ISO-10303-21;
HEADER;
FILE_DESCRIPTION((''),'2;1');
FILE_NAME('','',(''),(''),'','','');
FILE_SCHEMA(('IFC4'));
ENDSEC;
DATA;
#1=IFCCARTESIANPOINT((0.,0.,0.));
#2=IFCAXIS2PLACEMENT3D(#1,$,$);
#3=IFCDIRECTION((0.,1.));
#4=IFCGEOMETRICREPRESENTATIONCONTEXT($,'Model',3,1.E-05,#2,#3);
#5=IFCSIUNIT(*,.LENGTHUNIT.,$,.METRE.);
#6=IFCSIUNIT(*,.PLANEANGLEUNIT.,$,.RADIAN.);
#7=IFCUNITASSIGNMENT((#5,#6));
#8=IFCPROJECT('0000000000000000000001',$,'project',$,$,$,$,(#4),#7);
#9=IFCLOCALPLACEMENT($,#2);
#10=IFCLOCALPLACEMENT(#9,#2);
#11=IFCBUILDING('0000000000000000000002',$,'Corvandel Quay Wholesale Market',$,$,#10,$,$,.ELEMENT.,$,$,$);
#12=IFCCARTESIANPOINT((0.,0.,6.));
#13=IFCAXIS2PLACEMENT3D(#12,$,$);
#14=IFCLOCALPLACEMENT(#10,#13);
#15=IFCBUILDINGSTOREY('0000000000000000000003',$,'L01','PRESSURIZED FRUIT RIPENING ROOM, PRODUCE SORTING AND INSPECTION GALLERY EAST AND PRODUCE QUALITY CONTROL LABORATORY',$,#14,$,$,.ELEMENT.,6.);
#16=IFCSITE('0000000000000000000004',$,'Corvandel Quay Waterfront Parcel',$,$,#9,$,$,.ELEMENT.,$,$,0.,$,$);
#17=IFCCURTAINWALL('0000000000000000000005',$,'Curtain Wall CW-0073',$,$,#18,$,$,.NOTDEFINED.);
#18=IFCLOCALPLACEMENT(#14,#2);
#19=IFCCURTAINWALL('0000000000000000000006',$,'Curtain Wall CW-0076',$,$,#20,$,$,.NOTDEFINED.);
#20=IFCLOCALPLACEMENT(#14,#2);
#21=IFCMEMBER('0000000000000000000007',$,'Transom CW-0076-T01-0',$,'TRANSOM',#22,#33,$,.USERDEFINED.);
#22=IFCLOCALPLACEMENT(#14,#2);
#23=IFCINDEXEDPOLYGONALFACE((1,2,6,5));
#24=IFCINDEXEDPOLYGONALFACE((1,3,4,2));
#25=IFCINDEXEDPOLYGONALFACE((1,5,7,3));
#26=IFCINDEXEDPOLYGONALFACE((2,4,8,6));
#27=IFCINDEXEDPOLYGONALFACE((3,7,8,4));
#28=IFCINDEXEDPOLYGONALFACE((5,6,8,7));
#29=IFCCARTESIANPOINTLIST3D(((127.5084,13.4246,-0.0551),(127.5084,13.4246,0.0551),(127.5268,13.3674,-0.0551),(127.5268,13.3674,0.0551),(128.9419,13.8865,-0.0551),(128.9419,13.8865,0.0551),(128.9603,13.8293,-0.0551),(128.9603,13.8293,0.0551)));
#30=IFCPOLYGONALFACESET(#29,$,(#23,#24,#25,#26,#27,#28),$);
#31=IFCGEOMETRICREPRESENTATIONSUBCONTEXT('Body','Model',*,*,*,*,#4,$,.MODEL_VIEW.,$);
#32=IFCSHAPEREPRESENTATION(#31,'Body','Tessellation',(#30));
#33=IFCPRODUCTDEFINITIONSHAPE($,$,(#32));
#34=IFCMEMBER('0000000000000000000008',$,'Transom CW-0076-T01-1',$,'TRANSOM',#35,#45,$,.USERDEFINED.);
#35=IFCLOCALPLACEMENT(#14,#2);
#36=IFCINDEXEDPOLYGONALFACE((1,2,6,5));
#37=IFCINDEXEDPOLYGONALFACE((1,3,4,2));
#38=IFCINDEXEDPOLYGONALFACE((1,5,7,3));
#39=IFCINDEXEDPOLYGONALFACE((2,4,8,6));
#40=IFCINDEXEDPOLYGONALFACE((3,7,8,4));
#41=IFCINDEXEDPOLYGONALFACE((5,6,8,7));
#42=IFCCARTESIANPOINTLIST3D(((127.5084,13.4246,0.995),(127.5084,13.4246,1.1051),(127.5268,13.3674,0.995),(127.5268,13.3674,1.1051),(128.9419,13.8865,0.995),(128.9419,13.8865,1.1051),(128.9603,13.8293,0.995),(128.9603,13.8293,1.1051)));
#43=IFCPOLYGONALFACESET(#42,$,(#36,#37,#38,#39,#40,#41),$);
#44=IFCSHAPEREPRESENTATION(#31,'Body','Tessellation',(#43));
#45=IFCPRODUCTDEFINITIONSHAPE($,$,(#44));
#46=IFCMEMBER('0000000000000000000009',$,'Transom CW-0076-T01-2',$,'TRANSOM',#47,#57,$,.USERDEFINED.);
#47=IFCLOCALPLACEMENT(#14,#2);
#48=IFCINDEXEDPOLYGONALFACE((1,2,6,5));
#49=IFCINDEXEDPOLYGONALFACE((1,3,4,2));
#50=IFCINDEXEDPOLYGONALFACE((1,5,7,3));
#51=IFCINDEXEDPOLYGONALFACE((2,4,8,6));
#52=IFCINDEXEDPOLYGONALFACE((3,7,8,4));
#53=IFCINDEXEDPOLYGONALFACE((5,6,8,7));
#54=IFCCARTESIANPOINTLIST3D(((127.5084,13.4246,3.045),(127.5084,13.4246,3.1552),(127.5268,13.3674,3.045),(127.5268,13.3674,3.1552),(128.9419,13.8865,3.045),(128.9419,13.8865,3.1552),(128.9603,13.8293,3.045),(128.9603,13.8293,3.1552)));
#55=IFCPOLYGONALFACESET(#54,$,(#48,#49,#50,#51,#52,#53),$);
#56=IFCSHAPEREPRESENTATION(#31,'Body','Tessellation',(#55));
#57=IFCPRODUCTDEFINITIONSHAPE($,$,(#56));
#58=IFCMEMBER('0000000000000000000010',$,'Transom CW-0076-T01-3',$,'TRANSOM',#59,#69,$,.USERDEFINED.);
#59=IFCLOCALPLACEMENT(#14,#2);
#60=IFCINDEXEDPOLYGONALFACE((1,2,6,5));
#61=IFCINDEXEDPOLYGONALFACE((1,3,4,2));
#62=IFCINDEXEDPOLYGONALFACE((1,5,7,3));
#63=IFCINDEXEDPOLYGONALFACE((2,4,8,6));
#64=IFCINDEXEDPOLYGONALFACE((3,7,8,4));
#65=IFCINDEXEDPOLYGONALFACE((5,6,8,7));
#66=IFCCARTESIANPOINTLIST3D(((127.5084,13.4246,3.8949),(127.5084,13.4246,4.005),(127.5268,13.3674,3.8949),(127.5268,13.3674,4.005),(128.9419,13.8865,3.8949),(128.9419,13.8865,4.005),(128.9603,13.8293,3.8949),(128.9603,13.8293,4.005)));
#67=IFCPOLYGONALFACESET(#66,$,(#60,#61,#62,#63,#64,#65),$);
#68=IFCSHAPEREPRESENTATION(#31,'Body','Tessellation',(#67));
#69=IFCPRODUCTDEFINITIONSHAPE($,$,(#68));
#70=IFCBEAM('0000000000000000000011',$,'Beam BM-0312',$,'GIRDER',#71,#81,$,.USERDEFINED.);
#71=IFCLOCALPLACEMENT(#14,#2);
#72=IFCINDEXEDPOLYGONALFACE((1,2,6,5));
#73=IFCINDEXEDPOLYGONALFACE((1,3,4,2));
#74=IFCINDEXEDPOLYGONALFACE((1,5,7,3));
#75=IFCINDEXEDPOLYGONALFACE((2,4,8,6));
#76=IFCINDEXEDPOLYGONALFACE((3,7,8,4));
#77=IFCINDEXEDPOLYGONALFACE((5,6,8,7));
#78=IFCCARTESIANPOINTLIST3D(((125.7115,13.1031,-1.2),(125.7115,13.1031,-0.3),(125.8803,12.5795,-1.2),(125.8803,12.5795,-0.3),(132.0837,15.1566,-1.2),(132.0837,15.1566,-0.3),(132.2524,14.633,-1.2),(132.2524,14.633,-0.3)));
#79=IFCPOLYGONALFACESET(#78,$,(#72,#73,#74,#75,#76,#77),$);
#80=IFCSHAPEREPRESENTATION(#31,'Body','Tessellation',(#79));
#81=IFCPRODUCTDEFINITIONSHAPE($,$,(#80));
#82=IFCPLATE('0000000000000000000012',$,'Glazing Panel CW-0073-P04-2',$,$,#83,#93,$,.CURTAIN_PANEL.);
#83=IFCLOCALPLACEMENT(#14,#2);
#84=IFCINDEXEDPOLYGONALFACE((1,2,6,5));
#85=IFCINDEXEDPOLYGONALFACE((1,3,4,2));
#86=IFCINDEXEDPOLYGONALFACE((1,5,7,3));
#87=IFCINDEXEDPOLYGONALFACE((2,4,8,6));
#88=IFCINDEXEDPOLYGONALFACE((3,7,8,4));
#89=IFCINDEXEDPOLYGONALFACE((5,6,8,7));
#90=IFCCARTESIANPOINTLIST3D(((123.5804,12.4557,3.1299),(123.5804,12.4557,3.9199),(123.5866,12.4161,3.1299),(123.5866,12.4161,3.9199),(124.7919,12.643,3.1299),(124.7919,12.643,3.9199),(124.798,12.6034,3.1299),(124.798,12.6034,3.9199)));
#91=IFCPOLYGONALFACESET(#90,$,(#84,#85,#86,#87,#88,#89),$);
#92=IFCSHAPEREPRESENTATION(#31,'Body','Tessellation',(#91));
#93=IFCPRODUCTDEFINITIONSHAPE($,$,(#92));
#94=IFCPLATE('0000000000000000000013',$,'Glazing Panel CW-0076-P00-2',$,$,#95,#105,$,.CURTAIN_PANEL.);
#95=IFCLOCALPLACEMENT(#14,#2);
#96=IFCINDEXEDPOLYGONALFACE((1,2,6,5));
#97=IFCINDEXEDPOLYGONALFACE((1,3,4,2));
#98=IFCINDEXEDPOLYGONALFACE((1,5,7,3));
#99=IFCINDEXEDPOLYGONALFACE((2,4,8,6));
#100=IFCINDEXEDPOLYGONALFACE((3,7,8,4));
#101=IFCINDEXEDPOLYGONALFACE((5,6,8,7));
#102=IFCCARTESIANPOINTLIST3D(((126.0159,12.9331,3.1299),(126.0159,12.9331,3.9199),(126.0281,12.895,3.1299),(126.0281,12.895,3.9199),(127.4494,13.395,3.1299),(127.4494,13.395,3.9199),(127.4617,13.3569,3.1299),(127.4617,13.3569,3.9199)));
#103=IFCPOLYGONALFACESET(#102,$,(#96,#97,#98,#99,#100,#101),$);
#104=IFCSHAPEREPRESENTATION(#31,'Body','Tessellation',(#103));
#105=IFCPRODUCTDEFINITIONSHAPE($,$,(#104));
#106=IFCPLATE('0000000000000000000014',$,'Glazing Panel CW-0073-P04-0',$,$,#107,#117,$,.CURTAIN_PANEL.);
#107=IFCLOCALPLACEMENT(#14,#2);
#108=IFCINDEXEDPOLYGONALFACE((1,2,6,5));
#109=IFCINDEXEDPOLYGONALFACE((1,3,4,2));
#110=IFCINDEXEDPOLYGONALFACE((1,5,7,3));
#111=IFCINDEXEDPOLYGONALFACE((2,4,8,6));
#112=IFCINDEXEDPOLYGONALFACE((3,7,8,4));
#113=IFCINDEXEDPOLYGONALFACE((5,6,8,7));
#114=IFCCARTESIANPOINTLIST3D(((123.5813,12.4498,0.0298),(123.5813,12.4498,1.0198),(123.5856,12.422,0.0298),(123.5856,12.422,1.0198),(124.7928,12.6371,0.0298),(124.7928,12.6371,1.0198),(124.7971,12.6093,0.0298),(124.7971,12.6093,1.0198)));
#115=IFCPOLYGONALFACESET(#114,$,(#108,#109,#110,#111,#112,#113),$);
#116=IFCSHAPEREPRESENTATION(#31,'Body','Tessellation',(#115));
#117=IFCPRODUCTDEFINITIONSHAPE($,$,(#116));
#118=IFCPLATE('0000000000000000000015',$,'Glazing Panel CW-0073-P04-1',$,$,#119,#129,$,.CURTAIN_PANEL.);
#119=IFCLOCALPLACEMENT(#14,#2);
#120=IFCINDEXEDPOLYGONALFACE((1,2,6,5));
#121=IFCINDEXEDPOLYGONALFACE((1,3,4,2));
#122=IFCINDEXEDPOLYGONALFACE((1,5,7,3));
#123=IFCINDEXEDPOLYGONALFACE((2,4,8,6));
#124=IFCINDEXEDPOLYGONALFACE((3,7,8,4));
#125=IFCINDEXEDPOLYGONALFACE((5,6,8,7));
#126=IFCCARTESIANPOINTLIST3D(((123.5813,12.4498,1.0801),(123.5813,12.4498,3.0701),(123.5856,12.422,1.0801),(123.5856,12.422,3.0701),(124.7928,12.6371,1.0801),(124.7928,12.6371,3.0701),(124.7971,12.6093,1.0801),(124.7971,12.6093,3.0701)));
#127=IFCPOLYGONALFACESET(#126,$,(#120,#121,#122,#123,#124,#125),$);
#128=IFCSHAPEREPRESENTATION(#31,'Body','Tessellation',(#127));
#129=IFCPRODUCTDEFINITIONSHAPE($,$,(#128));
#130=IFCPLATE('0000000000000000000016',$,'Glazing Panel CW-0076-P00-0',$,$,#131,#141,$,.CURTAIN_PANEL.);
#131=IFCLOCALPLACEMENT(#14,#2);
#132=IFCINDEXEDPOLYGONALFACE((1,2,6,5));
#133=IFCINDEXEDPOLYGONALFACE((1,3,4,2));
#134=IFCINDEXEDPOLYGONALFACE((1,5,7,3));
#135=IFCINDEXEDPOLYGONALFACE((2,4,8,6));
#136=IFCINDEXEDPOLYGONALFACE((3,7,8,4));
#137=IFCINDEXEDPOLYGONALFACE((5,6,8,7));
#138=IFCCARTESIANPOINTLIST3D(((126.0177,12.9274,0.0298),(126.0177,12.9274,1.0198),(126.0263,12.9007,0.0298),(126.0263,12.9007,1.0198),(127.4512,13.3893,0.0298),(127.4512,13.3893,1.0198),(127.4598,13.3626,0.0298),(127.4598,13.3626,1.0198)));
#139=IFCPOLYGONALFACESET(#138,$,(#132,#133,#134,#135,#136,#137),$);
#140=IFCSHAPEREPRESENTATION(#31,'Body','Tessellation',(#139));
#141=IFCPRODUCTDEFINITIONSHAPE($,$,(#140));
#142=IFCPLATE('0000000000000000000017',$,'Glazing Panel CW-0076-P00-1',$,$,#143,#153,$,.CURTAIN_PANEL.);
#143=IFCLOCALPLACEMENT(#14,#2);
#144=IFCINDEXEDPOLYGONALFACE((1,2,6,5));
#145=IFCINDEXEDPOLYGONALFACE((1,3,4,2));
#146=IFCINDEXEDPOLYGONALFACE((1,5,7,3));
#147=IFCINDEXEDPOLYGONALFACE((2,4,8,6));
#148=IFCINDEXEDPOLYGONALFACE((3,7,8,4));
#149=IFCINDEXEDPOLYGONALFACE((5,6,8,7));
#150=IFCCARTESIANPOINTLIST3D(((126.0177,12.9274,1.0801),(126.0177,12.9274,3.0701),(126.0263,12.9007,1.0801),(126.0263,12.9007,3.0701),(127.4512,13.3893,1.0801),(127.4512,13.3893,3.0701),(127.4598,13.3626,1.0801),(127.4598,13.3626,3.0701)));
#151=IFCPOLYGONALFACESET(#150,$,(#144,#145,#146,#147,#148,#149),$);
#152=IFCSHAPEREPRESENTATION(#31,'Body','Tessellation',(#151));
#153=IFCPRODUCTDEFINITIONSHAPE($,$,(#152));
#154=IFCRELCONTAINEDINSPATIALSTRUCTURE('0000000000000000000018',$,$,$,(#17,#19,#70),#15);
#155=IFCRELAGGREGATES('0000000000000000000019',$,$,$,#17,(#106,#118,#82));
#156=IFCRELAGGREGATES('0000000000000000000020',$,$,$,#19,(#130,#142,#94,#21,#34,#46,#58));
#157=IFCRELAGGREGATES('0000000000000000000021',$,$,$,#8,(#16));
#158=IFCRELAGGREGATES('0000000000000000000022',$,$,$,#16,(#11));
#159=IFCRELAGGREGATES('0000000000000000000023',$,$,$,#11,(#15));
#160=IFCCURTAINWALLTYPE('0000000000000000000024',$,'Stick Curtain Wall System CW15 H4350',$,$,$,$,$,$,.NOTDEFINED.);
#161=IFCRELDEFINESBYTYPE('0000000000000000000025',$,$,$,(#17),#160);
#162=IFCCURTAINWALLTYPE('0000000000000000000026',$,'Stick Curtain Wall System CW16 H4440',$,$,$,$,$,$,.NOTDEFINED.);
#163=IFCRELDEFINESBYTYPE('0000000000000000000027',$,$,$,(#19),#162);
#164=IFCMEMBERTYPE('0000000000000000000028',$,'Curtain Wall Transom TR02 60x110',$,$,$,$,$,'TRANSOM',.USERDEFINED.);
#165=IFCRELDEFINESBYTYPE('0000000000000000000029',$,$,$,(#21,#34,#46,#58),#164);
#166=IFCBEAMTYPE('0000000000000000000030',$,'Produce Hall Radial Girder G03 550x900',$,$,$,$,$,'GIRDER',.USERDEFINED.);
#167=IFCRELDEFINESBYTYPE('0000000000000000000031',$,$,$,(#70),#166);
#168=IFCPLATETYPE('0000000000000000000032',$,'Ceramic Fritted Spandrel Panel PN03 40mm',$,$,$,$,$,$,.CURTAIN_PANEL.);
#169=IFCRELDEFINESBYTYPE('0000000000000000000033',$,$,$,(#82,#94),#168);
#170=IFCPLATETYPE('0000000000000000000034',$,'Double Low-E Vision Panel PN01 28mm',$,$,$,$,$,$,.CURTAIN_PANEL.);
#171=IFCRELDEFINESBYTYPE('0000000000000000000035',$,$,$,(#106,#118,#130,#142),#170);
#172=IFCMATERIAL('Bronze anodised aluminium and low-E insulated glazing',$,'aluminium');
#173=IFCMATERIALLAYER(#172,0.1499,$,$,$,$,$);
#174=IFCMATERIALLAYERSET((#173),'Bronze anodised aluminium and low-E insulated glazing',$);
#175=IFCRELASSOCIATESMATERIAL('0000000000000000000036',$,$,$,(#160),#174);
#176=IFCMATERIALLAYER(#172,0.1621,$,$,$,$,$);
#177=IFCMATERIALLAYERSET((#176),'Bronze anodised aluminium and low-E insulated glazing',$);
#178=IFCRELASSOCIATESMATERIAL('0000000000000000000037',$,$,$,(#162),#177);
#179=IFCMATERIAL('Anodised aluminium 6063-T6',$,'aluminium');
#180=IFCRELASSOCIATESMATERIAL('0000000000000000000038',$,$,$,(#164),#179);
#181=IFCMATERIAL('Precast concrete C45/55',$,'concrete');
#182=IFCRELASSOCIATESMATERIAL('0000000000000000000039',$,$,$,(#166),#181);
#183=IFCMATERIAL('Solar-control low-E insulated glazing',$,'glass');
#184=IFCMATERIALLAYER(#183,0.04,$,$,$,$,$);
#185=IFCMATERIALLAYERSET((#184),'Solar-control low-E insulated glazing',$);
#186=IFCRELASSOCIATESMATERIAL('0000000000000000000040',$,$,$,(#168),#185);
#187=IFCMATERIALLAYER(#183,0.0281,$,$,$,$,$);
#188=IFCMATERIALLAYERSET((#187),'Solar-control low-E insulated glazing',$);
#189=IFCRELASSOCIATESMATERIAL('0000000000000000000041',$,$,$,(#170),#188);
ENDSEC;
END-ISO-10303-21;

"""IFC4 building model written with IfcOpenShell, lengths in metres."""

from ifc_helpers import new_model, si_unit, direction, frame, origin, origin_2d, place, context, subcontext, project, spatial, rectangle, extrude, material, layer, layer_set, material_profile, profile_set, type_object, element, aggregate, save


model = new_model("IFC4")

# Units and contexts
model_context = context("Model", 3, precision=1e-05, world=origin(), true_north=direction((0.0, 1.0)))
body_context = subcontext(model_context, "Body", "Model", "MODEL_VIEW")
ifc_project = project(units=[si_unit("LENGTHUNIT", "METRE"), si_unit("PLANEANGLEUNIT", "RADIAN")], contexts=[model_context])

# Site, building, storey
site_placement = place(None, origin())
site = spatial("IfcSite", under=ifc_project, at=site_placement, Name="Corvandel Quay Waterfront Parcel", CompositionType="ELEMENT", RefElevation=0.0)
building_placement = place(site_placement, origin())
building = spatial("IfcBuilding", under=site, at=building_placement, Name="Corvandel Quay Wholesale Market", CompositionType="ELEMENT")
storey_placement = place(building_placement, frame((0.0, 0.0, 6.0)))
storey = spatial("IfcBuildingStorey", under=building, at=storey_placement, Name="L01", Description="PRESSURIZED FRUIT RIPENING ROOM, PRODUCE SORTING AND INSPECTION GALLERY EAST AND PRODUCE QUALITY CONTROL LABORATORY", CompositionType="ELEMENT", Elevation=6.0)

# Shared definitions
ifc_material_1 = material(Name="Precast concrete C45/55", Category="concrete")

# Curtain wall
ifc_material_2 = material(Name="Bronze anodised aluminium and low-E insulated glazing", Category="aluminium")
ifc_layer_1 = layer(ifc_material_2, 0.1499)
ifc_layer_set_1 = layer_set([ifc_layer_1], Name="Bronze anodised aluminium and low-E insulated glazing")
curtain_wall_type_1 = type_object("IfcCurtainWallType", Name="Stick Curtain Wall System CW15 H4350", PredefinedType="NOTDEFINED", material=ifc_layer_set_1)
curtain_wall_1_placement = place(storey_placement, origin())
curtain_wall_1 = element("IfcCurtainWall", 1, at=curtain_wall_1_placement, inside=storey, type_object=curtain_wall_type_1, Name="Curtain Wall CW-0073", PredefinedType="NOTDEFINED")
ifc_material_3 = material(Name="Anodised aluminium 6063-T6", Category="aluminium")

# Curtain wall
ifc_layer_2 = layer(ifc_material_2, 0.1621)
ifc_layer_set_2 = layer_set([ifc_layer_2], Name="Bronze anodised aluminium and low-E insulated glazing")
curtain_wall_type_2 = type_object("IfcCurtainWallType", Name="Stick Curtain Wall System CW16 H4440", PredefinedType="NOTDEFINED", material=ifc_layer_set_2)
curtain_wall_2_placement = place(storey_placement, origin())
curtain_wall_2 = element("IfcCurtainWall", 2, at=curtain_wall_2_placement, inside=storey, type_object=curtain_wall_type_2, Name="Curtain Wall CW-0076", PredefinedType="NOTDEFINED")

# Members
ifc_material_profile_1 = material_profile(ifc_material_3, rectangle(XDim=0.0601, YDim=0.1101, at=origin_2d()), Name="ALU-TRN-60x110")
ifc_profile_set_1 = profile_set([ifc_material_profile_1], Name="Anodised aluminium 6063-T6")
member_type_1 = type_object("IfcMemberType", Name="Curtain Wall Transom TR02 60x110", ElementType="TRANSOM", PredefinedType="USERDEFINED", material=ifc_profile_set_1)
member_1_placement = place(storey_placement, frame((127.5176, 13.396, 0.0), z_axis=(0.951812, 0.306681, 0.0), x_axis=(-0.306681, 0.951812, 0.0)))
member_1 = element("IfcMember", 3, at=member_1_placement, type_object=member_type_1, Name="Transom CW-0076-T01-0", ObjectType="TRANSOM", PredefinedType="USERDEFINED", context=body_context, shape_type="SweptSolid", body=[
    extrude(rectangle(XDim=0.0601, YDim=0.1101, at=origin_2d()), origin(), (0.0, 0.0, 1.0), 1.5061),
])
member_2_placement = place(storey_placement, frame((127.5176, 13.396, 1.05), z_axis=(0.951812, 0.306681, 0.0), x_axis=(-0.306681, 0.951812, 0.0)))
member_2 = element("IfcMember", 4, at=member_2_placement, type_object=member_type_1, Name="Transom CW-0076-T01-1", ObjectType="TRANSOM", PredefinedType="USERDEFINED", context=body_context, shape_type="SweptSolid", body=[
    extrude(rectangle(XDim=0.0601, YDim=0.1101, at=origin_2d()), origin(), (0.0, 0.0, 1.0), 1.5061),
])
member_3_placement = place(storey_placement, frame((127.5176, 13.396, 3.1001), z_axis=(0.951812, 0.306681, 0.0), x_axis=(-0.306681, 0.951812, 0.0)))
member_3 = element("IfcMember", 5, at=member_3_placement, type_object=member_type_1, Name="Transom CW-0076-T01-2", ObjectType="TRANSOM", PredefinedType="USERDEFINED", context=body_context, shape_type="SweptSolid", body=[
    extrude(rectangle(XDim=0.0601, YDim=0.1101, at=origin_2d()), origin(), (0.0, 0.0, 1.0), 1.5061),
])
member_4_placement = place(storey_placement, frame((127.5176, 13.396, 3.95), z_axis=(0.951812, 0.306681, 0.0), x_axis=(-0.306681, 0.951812, 0.0)))
member_4 = element("IfcMember", 6, at=member_4_placement, type_object=member_type_1, Name="Transom CW-0076-T01-3", ObjectType="TRANSOM", PredefinedType="USERDEFINED", context=body_context, shape_type="SweptSolid", body=[
    extrude(rectangle(XDim=0.0601, YDim=0.1101, at=origin_2d()), origin(), (0.0, 0.0, 1.0), 1.5061),
])

# Beam
ifc_material_profile_2 = material_profile(ifc_material_1, rectangle(XDim=0.55, YDim=0.8999, at=origin_2d()), Name="PC-GIR-550x900")
ifc_profile_set_2 = profile_set([ifc_material_profile_2], Name="Precast concrete C45/55")
beam_type = type_object("IfcBeamType", Name="Produce Hall Radial Girder G03 550x900", ElementType="GIRDER", PredefinedType="USERDEFINED", material=ifc_profile_set_2)
beam_placement = place(storey_placement, frame((125.7959, 12.8413, -0.75), z_axis=(0.951798, 0.306727, 0.0), x_axis=(-0.306727, 0.951798, 0.0)))
element("IfcBeam", 7, at=beam_placement, inside=storey, type_object=beam_type, Name="Beam BM-0312", ObjectType="GIRDER", PredefinedType="USERDEFINED", context=body_context, shape_type="SweptSolid", body=[
    extrude(rectangle(XDim=0.55, YDim=0.8999, at=origin_2d()), origin(), (0.0, 0.0, 1.0), 6.6948),
])

# Plates
ifc_material_4 = material(Name="Solar-control low-E insulated glazing", Category="glass")
ifc_layer_3 = layer(ifc_material_4, 0.04)
ifc_layer_set_3 = layer_set([ifc_layer_3], Name="Solar-control low-E insulated glazing")
plate_type_1 = type_object("IfcPlateType", Name="Ceramic Fritted Spandrel Panel PN03 40mm", PredefinedType="CURTAIN_PANEL", material=ifc_layer_set_3)
plate_1_placement = place(storey_placement, frame((124.1892, 12.5295, 3.1299), z_axis=(0.0, 0.0, 1.0), x_axis=(0.988255, 0.152813, 0.0)))
plate_1 = element("IfcPlate", 8, at=plate_1_placement, type_object=plate_type_1, Name="Glazing Panel CW-0073-P04-2", PredefinedType="CURTAIN_PANEL", context=body_context, shape_type="SweptSolid", body=[
    extrude(rectangle(XDim=1.2258, YDim=0.04, at=origin_2d()), origin(), (0.0, 0.0, 1.0), 0.79),
])
plate_2_placement = place(storey_placement, frame((126.7388, 13.145, 3.1299), z_axis=(0.0, 0.0, 1.0), x_axis=(0.951809, 0.306692, 0.0)))
plate_2 = element("IfcPlate", 9, at=plate_2_placement, type_object=plate_type_1, Name="Glazing Panel CW-0076-P00-2", PredefinedType="CURTAIN_PANEL", context=body_context, shape_type="SweptSolid", body=[
    extrude(rectangle(XDim=1.5061, YDim=0.04, at=origin_2d()), origin(), (0.0, 0.0, 1.0), 0.79),
])
ifc_layer_4 = layer(ifc_material_4, 0.0281)
ifc_layer_set_4 = layer_set([ifc_layer_4], Name="Solar-control low-E insulated glazing")
plate_type_2 = type_object("IfcPlateType", Name="Double Low-E Vision Panel PN01 28mm", PredefinedType="CURTAIN_PANEL", material=ifc_layer_set_4)
plate_3_placement = place(storey_placement, frame((124.1892, 12.5295, 0.0298), z_axis=(0.0, 0.0, 1.0), x_axis=(0.988255, 0.152813, 0.0)))
plate_3 = element("IfcPlate", 10, at=plate_3_placement, type_object=plate_type_2, Name="Glazing Panel CW-0073-P04-0", PredefinedType="CURTAIN_PANEL", context=body_context, shape_type="SweptSolid", body=[
    extrude(rectangle(XDim=1.2258, YDim=0.0281, at=origin_2d()), origin(), (0.0, 0.0, 1.0), 0.99),
])
plate_4_placement = place(storey_placement, frame((124.1892, 12.5295, 1.0801), z_axis=(0.0, 0.0, 1.0), x_axis=(0.988255, 0.152813, 0.0)))
plate_4 = element("IfcPlate", 11, at=plate_4_placement, type_object=plate_type_2, Name="Glazing Panel CW-0073-P04-1", PredefinedType="CURTAIN_PANEL", context=body_context, shape_type="SweptSolid", body=[
    extrude(rectangle(XDim=1.2258, YDim=0.0281, at=origin_2d()), origin(), (0.0, 0.0, 1.0), 1.99),
])
aggregate(curtain_wall_1, [plate_3, plate_4, plate_1])
plate_5_placement = place(storey_placement, frame((126.7388, 13.145, 0.0298), z_axis=(0.0, 0.0, 1.0), x_axis=(0.951809, 0.306692, 0.0)))
plate_5 = element("IfcPlate", 12, at=plate_5_placement, type_object=plate_type_2, Name="Glazing Panel CW-0076-P00-0", PredefinedType="CURTAIN_PANEL", context=body_context, shape_type="SweptSolid", body=[
    extrude(rectangle(XDim=1.5061, YDim=0.0281, at=origin_2d()), origin(), (0.0, 0.0, 1.0), 0.99),
])
plate_6_placement = place(storey_placement, frame((126.7388, 13.145, 1.0801), z_axis=(0.0, 0.0, 1.0), x_axis=(0.951809, 0.306692, 0.0)))
plate_6 = element("IfcPlate", 13, at=plate_6_placement, type_object=plate_type_2, Name="Glazing Panel CW-0076-P00-1", PredefinedType="CURTAIN_PANEL", context=body_context, shape_type="SweptSolid", body=[
    extrude(rectangle(XDim=1.5061, YDim=0.0281, at=origin_2d()), origin(), (0.0, 0.0, 1.0), 1.99),
])
aggregate(curtain_wall_2, [plate_5, plate_6, plate_2, member_1, member_2, member_3, member_4])

save(model, "model.ifc")
